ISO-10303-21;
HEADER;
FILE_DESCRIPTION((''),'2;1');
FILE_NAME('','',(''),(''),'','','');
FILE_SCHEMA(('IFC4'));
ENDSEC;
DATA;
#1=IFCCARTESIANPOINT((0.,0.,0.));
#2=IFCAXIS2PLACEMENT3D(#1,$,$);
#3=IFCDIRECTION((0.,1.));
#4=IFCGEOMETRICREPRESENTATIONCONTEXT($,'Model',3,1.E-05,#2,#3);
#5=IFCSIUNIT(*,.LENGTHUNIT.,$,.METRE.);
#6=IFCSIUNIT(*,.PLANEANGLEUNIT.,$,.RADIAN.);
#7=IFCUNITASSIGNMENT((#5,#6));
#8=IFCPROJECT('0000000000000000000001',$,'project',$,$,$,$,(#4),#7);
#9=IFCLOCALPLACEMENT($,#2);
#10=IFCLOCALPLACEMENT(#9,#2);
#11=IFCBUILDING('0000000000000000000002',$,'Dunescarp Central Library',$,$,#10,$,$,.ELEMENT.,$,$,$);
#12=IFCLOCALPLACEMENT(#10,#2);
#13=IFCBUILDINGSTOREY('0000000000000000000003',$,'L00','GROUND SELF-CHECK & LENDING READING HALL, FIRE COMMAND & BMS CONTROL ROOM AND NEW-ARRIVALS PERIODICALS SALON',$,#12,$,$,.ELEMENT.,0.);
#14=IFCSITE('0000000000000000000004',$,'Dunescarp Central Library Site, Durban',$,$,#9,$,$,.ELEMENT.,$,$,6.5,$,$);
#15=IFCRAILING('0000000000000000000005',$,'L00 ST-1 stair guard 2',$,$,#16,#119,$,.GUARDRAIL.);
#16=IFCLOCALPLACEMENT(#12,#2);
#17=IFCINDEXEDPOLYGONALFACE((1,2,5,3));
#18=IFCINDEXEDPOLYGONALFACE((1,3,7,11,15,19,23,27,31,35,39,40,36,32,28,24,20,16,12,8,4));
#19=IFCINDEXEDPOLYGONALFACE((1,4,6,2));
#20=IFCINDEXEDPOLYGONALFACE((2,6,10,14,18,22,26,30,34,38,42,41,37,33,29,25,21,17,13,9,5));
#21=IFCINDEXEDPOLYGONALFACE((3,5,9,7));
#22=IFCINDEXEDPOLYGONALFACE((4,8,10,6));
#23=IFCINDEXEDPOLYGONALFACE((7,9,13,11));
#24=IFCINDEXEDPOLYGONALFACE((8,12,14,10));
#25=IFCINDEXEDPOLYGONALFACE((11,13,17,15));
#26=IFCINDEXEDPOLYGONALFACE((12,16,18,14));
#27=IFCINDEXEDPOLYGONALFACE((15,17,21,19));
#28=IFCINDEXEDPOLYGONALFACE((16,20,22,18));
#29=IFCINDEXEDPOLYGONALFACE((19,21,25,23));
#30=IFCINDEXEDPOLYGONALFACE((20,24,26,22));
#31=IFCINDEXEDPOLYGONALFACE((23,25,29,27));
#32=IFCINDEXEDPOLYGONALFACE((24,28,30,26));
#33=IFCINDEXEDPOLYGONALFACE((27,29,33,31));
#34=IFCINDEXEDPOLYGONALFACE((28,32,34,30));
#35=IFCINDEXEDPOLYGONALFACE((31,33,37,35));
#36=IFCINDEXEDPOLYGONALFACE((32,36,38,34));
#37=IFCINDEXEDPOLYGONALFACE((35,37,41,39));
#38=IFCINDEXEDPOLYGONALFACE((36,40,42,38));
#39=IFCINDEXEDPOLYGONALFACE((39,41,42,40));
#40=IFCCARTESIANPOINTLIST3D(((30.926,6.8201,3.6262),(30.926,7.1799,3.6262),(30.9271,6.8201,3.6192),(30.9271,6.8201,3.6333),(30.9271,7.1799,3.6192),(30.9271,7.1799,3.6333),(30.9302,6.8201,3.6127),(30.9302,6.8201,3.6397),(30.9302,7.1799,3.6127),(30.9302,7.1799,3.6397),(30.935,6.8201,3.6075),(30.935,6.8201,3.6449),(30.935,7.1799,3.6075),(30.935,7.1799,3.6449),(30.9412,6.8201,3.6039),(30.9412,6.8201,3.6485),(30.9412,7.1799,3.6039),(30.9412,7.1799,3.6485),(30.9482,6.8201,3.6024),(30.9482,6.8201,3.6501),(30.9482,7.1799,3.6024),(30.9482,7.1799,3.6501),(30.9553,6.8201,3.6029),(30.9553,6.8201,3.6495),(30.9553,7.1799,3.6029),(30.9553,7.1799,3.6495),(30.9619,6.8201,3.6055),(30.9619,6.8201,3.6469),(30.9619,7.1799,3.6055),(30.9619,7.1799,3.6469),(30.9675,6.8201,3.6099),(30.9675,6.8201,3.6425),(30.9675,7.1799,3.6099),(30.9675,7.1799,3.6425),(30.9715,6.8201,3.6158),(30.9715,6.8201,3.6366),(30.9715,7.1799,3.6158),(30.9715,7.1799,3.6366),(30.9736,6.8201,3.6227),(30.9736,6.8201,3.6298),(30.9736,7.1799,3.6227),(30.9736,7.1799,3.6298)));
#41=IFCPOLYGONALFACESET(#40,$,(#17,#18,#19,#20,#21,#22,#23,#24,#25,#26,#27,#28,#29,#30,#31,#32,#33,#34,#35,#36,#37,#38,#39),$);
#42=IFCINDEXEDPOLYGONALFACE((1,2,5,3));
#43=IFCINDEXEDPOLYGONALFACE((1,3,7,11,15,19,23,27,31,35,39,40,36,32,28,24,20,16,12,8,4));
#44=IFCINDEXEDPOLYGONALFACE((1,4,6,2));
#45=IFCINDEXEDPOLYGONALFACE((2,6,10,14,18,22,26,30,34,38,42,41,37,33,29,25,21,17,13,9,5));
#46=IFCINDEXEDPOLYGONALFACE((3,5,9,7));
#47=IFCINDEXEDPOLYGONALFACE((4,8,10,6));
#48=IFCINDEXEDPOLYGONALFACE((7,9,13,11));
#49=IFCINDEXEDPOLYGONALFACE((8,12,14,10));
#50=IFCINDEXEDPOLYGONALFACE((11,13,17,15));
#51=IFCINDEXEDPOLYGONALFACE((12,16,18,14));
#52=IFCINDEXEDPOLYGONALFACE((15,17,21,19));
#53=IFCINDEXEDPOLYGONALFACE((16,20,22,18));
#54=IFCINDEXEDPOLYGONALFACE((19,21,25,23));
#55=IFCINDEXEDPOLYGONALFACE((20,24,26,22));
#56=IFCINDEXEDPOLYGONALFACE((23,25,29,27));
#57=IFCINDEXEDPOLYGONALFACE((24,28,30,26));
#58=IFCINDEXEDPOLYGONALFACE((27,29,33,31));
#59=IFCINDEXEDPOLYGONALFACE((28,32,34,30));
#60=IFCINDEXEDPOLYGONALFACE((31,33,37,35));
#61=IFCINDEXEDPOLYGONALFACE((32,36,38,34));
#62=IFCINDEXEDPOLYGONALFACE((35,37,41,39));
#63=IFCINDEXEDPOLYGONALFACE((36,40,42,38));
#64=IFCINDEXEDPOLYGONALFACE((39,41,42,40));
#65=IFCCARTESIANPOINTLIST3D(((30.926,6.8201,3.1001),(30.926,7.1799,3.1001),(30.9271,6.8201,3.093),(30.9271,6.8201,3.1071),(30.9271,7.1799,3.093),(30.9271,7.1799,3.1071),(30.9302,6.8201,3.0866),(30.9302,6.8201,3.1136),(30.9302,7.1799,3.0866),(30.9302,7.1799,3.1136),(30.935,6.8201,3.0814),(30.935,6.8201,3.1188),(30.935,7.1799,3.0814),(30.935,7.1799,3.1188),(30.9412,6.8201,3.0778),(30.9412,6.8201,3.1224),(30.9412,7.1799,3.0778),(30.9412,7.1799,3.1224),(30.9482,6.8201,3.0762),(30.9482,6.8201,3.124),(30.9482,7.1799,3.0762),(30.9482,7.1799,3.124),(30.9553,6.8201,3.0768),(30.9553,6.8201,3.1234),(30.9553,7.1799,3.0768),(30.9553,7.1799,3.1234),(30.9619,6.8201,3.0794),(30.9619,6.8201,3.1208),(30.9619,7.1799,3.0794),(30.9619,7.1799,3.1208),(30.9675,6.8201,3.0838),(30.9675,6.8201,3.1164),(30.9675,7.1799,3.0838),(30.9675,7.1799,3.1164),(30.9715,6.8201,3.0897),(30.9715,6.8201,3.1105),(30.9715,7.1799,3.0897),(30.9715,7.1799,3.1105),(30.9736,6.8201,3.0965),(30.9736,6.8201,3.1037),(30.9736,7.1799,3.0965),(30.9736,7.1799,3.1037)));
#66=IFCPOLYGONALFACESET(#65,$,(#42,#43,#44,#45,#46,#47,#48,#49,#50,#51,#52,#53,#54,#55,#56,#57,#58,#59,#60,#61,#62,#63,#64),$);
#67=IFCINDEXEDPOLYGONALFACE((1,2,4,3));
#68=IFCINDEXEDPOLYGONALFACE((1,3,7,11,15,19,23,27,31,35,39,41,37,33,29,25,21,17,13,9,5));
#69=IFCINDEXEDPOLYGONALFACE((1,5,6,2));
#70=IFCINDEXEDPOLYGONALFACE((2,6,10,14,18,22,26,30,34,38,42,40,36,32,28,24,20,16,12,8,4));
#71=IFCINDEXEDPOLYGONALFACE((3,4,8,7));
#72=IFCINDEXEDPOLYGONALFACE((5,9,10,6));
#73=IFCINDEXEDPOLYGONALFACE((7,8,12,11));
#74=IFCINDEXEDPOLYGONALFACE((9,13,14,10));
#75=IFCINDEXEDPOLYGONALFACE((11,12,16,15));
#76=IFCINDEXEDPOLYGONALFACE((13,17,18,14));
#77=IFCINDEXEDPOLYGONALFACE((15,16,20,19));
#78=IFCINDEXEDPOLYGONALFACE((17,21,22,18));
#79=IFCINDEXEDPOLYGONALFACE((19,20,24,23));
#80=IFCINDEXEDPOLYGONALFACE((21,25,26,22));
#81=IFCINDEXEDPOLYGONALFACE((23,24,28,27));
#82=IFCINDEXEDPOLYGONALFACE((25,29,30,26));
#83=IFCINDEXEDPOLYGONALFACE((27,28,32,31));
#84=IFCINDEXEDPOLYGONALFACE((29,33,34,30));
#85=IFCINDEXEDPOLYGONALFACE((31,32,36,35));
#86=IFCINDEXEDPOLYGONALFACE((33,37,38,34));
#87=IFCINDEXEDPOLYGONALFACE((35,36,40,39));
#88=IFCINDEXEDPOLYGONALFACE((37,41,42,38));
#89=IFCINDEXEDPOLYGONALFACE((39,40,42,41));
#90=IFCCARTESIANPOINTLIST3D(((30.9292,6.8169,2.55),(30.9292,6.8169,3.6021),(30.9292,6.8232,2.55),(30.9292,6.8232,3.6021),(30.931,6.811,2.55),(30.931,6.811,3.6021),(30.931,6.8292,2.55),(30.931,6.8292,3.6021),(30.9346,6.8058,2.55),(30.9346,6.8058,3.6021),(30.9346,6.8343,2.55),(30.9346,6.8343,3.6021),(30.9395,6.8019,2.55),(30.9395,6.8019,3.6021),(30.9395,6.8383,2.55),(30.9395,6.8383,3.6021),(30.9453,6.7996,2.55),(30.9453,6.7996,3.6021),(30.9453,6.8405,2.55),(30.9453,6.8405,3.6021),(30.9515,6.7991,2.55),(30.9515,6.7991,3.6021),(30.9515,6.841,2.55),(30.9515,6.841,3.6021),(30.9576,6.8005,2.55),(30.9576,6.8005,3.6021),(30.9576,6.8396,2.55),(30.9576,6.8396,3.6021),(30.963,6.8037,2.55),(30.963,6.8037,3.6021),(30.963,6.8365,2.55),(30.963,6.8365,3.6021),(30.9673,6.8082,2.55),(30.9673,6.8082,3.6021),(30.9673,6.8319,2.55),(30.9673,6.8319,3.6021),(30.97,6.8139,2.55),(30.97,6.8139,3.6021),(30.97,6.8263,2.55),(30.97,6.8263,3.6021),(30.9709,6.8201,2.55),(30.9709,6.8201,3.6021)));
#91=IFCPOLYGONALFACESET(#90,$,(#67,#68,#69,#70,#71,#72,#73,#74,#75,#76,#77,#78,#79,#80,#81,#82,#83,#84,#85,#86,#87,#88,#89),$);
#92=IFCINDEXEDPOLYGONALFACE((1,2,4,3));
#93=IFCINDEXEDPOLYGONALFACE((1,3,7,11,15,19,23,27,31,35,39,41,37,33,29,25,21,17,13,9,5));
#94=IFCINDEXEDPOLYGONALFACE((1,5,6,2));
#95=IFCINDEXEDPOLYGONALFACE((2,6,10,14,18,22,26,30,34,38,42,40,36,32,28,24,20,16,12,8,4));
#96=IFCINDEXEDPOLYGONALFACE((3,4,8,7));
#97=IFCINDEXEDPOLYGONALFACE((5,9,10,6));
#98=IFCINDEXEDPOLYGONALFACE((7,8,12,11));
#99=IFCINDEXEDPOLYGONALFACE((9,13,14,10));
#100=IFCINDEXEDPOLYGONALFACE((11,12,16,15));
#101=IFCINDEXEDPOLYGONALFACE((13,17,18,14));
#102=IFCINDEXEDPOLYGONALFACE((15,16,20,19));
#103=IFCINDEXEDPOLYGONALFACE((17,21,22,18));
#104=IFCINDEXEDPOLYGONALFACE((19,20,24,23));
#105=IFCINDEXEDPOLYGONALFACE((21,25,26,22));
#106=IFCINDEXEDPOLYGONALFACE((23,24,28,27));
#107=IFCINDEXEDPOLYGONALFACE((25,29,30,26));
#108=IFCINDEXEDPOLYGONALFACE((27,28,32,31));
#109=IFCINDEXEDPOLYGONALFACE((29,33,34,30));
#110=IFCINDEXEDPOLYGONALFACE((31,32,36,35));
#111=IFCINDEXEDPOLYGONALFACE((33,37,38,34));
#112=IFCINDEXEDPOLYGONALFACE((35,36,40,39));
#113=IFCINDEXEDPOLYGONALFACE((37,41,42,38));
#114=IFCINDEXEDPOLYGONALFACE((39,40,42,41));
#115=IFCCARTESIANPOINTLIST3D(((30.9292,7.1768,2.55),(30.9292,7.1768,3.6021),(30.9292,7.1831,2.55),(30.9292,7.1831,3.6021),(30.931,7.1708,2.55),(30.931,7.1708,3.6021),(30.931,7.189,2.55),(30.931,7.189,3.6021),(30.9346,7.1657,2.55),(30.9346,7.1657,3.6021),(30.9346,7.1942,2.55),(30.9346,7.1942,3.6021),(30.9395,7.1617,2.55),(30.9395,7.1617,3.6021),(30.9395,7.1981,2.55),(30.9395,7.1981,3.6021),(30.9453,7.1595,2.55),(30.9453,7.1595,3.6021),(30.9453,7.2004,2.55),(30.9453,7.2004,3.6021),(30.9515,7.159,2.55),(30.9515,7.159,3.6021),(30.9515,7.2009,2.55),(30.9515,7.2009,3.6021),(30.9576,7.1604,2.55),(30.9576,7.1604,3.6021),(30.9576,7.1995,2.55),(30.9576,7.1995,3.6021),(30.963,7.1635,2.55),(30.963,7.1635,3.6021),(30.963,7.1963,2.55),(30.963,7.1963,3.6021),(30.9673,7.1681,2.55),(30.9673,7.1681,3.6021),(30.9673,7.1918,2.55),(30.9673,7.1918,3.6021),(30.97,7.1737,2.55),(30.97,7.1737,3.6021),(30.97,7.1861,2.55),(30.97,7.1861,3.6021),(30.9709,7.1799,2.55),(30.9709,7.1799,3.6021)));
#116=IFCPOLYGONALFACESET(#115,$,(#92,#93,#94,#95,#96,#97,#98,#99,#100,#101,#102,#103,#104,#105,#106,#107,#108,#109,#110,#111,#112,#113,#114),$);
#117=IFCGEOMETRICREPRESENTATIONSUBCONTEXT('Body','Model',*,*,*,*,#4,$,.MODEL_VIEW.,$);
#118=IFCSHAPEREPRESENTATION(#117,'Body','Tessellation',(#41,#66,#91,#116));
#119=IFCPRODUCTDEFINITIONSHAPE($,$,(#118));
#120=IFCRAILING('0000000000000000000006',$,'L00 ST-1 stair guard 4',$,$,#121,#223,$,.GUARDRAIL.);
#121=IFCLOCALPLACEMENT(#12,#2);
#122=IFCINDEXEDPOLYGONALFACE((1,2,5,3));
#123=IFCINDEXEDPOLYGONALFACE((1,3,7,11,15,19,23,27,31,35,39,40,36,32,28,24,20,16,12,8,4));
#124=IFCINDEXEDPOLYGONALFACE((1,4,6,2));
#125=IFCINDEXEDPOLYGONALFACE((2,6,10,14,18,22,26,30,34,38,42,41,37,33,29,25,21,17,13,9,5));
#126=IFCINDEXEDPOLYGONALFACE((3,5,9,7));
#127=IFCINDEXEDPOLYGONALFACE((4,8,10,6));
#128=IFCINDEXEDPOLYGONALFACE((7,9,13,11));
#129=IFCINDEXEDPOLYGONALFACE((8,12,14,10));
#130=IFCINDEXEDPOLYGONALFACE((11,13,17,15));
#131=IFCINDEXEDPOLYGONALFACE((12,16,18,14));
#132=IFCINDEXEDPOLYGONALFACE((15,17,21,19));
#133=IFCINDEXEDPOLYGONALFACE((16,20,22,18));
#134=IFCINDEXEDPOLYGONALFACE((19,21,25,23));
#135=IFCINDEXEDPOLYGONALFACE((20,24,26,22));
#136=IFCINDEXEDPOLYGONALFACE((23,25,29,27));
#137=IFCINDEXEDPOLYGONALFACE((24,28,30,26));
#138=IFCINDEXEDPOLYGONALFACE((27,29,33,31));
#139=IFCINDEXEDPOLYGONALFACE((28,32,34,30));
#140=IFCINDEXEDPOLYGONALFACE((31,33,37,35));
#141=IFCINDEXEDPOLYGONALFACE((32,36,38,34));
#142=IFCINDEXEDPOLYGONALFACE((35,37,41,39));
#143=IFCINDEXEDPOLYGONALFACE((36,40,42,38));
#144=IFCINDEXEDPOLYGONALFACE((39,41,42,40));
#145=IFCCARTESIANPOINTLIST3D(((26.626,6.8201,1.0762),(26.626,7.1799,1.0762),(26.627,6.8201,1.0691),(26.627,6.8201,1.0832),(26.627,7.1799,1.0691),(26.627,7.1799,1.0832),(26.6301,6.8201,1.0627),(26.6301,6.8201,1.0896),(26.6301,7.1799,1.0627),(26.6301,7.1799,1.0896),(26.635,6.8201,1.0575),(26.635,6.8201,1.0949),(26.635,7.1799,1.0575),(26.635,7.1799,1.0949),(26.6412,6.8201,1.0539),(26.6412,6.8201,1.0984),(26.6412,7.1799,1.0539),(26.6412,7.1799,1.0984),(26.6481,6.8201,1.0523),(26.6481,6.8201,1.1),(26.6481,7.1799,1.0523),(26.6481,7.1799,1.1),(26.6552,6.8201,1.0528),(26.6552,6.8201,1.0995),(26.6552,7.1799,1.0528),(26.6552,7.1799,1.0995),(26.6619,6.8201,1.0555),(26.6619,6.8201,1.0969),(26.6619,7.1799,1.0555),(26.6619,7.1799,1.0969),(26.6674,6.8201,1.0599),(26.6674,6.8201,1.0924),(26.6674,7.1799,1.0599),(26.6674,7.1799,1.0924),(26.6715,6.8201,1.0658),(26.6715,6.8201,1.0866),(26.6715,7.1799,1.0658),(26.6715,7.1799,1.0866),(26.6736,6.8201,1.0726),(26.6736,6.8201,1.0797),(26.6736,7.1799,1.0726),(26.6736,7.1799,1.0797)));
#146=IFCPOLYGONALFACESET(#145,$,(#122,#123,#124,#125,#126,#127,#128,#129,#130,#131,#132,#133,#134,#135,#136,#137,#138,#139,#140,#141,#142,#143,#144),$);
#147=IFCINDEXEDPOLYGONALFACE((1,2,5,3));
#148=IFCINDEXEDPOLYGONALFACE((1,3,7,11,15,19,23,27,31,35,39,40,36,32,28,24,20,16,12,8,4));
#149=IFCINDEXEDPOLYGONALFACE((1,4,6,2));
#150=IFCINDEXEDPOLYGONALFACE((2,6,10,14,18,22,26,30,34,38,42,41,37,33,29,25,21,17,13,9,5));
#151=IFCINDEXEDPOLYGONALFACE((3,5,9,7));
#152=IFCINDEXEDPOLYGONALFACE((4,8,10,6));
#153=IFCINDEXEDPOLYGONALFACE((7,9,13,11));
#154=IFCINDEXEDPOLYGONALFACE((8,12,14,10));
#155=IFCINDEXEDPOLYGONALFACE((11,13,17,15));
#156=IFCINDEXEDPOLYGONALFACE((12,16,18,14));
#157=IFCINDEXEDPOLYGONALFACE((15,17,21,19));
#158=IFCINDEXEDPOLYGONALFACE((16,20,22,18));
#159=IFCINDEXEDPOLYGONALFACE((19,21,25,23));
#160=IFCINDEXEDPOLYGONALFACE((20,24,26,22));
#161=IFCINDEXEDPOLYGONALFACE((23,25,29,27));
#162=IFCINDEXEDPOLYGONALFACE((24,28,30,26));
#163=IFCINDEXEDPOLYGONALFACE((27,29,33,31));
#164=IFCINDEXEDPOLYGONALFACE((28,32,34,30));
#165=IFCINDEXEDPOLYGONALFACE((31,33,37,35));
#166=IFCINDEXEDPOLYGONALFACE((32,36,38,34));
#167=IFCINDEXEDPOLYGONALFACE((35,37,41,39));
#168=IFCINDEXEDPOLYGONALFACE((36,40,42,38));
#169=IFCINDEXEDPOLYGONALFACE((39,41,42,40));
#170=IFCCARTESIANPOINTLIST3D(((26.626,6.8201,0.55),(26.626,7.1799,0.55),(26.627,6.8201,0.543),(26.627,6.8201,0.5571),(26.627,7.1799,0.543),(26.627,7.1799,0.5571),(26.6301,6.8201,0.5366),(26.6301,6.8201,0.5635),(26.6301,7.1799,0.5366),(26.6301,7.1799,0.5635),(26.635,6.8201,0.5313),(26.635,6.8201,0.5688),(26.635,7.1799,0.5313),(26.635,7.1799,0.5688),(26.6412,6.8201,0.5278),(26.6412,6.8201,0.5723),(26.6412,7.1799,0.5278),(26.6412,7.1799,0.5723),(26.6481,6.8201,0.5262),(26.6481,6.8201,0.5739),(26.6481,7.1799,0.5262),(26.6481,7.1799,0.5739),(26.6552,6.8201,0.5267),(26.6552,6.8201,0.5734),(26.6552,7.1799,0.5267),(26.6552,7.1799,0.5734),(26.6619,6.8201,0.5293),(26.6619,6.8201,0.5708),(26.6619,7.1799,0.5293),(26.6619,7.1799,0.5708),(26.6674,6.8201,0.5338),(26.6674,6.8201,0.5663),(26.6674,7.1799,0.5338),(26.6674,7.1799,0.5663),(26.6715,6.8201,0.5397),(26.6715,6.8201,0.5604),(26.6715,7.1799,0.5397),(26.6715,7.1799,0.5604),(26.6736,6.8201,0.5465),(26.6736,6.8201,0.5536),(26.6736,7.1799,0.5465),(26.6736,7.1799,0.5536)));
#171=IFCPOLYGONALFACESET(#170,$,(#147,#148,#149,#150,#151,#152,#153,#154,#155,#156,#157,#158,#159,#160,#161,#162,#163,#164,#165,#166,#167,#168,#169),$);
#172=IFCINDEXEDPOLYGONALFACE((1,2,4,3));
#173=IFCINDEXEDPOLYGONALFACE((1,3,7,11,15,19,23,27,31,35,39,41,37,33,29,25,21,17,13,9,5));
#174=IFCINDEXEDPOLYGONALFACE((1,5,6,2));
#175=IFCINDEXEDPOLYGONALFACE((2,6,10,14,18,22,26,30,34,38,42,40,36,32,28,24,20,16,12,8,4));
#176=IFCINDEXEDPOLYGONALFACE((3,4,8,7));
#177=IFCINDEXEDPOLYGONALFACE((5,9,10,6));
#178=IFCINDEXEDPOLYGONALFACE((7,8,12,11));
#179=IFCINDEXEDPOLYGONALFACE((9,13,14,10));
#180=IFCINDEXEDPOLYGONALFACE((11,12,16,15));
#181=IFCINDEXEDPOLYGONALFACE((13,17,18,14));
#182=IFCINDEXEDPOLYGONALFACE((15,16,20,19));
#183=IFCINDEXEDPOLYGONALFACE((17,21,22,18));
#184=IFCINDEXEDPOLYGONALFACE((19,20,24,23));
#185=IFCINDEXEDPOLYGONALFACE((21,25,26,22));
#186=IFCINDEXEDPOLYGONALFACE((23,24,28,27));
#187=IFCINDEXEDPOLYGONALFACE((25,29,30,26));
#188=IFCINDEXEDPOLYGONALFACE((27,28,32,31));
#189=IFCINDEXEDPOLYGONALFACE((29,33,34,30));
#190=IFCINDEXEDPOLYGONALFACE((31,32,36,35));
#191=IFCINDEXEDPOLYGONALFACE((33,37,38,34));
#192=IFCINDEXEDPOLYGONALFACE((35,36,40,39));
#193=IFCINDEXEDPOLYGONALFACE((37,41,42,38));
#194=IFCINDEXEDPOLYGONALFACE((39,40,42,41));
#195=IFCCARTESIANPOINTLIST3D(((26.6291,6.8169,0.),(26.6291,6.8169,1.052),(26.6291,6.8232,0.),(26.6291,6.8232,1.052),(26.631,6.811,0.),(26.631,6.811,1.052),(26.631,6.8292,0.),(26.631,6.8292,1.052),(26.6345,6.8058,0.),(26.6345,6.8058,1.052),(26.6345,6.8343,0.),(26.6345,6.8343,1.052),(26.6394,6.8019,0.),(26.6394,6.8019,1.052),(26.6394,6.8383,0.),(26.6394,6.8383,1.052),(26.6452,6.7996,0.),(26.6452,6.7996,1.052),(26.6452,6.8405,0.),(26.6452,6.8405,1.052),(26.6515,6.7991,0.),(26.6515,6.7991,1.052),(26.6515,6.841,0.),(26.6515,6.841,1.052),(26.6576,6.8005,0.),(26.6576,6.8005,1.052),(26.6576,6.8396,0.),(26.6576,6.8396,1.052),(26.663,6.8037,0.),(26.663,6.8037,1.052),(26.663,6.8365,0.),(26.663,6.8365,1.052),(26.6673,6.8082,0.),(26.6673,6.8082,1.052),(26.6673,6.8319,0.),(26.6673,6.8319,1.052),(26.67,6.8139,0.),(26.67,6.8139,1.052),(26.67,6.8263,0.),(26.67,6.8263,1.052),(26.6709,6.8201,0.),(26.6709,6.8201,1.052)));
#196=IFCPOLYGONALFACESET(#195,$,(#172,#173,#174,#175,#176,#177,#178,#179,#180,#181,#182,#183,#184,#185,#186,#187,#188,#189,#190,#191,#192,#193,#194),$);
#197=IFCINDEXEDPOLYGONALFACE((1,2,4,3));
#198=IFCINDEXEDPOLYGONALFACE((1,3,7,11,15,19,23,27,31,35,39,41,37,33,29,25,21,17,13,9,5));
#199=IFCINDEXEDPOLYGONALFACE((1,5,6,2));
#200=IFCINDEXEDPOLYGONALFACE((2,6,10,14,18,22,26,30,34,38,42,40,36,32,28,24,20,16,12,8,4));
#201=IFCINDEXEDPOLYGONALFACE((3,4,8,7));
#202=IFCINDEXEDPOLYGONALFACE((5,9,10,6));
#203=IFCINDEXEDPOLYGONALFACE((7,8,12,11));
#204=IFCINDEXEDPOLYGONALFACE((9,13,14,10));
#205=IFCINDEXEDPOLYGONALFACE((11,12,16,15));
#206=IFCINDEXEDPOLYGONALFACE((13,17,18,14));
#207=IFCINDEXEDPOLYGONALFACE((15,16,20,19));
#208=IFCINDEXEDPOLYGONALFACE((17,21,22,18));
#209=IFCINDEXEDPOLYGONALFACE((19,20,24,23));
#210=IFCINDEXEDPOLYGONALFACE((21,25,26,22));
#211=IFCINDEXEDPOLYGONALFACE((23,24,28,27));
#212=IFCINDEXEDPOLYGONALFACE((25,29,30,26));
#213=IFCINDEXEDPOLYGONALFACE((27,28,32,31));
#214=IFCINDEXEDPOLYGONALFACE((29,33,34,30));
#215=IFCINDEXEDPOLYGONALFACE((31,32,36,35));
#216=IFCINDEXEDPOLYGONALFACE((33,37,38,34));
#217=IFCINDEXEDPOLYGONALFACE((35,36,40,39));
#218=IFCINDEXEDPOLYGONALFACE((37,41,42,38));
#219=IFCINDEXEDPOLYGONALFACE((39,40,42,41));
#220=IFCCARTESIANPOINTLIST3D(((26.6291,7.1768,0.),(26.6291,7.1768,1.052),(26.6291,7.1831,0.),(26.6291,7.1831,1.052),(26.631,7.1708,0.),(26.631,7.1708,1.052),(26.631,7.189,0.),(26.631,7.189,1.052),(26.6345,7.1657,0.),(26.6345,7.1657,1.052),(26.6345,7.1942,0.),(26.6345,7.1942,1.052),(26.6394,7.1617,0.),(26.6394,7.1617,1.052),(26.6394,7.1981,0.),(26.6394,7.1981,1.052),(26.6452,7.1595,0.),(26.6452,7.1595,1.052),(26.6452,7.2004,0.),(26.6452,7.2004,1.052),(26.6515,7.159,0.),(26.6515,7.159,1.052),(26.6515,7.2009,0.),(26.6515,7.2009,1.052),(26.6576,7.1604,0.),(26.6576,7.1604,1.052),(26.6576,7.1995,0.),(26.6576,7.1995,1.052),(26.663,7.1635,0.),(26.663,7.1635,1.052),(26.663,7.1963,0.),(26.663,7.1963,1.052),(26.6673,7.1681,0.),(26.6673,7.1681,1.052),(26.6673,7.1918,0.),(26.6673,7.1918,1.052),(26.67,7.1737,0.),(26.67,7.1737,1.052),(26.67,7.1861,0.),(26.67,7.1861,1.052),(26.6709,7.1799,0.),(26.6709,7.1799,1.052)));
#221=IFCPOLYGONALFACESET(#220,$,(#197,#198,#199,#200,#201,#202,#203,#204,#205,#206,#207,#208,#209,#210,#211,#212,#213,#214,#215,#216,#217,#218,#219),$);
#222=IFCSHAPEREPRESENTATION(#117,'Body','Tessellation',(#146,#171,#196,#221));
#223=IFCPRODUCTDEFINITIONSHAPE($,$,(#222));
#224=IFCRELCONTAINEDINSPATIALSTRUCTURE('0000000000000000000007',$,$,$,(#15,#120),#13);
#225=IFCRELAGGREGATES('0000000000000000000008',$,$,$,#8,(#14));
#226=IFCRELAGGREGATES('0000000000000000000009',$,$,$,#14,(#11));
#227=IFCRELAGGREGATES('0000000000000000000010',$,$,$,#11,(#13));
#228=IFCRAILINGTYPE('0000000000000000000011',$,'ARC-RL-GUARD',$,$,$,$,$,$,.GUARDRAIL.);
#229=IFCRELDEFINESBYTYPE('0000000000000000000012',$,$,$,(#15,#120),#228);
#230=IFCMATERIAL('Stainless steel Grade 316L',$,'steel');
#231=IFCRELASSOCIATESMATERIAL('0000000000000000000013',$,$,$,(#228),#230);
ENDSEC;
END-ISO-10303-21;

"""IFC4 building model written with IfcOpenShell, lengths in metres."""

from ifc_helpers import new_model, si_unit, direction, frame, origin, origin_2d, place, context, subcontext, project, spatial, circle, extrude, material, type_object, element, save


model = new_model("IFC4")

# Units and contexts
model_context = context("Model", 3, precision=1e-05, world=origin(), true_north=direction((0.0, 1.0)))
body_context = subcontext(model_context, "Body", "Model", "MODEL_VIEW")
ifc_project = project(units=[si_unit("LENGTHUNIT", "METRE"), si_unit("PLANEANGLEUNIT", "RADIAN")], contexts=[model_context])

# Site, building, storey
site_placement = place(None, origin())
site = spatial("IfcSite", under=ifc_project, at=site_placement, Name="Dunescarp Central Library Site, Durban", CompositionType="ELEMENT", RefElevation=6.5)
building_placement = place(site_placement, origin())
building = spatial("IfcBuilding", under=site, at=building_placement, Name="Dunescarp Central Library", CompositionType="ELEMENT")
storey_placement = place(building_placement, origin())
storey = spatial("IfcBuildingStorey", under=building, at=storey_placement, Name="L00", Description="GROUND SELF-CHECK & LENDING READING HALL, FIRE COMMAND & BMS CONTROL ROOM AND NEW-ARRIVALS PERIODICALS SALON", CompositionType="ELEMENT", Elevation=0.0)

# Railings
ifc_material_1 = material(Name="Stainless steel Grade 316L", Category="steel")
railing_type_1 = type_object("IfcRailingType", Name="ARC-RL-GUARD", PredefinedType="GUARDRAIL", material=ifc_material_1)
for number, where, name in (
    (1, (30.95, 6.8201, 2.55), "L00 ST-1 stair guard 2"),
    (2, (26.6499, 6.8201, 0.0), "L00 ST-1 stair guard 4"),
):
    element("IfcRailing", number, at=place(storey_placement, frame(where)), inside=storey, type_object=railing_type_1, Name=name, PredefinedType="GUARDRAIL", context=body_context, shape_type="SweptSolid", body=[
        extrude(circle(Radius=0.0239, at=origin_2d()), frame((0.0, 0.0, 1.0762), z_axis=(0.0, 1.0, 0.0), x_axis=(-1.0, 0.0, 0.0)), (0.0, 0.0, 1.0), 0.3599),
        extrude(circle(Radius=0.0239, at=origin_2d()), frame((0.0, 0.0, 0.55), z_axis=(0.0, 1.0, 0.0), x_axis=(-1.0, 0.0, 0.0)), (0.0, 0.0, 1.0), 0.3599),
        extrude(circle(Radius=0.021, at=origin_2d()), origin(), (0.0, 0.0, 1.0), 1.052),
        extrude(circle(Radius=0.021, at=origin_2d()), frame((0.0, 0.3599, 0.0)), (0.0, 0.0, 1.0), 1.052),
    ])

save(model, "model.ifc")
